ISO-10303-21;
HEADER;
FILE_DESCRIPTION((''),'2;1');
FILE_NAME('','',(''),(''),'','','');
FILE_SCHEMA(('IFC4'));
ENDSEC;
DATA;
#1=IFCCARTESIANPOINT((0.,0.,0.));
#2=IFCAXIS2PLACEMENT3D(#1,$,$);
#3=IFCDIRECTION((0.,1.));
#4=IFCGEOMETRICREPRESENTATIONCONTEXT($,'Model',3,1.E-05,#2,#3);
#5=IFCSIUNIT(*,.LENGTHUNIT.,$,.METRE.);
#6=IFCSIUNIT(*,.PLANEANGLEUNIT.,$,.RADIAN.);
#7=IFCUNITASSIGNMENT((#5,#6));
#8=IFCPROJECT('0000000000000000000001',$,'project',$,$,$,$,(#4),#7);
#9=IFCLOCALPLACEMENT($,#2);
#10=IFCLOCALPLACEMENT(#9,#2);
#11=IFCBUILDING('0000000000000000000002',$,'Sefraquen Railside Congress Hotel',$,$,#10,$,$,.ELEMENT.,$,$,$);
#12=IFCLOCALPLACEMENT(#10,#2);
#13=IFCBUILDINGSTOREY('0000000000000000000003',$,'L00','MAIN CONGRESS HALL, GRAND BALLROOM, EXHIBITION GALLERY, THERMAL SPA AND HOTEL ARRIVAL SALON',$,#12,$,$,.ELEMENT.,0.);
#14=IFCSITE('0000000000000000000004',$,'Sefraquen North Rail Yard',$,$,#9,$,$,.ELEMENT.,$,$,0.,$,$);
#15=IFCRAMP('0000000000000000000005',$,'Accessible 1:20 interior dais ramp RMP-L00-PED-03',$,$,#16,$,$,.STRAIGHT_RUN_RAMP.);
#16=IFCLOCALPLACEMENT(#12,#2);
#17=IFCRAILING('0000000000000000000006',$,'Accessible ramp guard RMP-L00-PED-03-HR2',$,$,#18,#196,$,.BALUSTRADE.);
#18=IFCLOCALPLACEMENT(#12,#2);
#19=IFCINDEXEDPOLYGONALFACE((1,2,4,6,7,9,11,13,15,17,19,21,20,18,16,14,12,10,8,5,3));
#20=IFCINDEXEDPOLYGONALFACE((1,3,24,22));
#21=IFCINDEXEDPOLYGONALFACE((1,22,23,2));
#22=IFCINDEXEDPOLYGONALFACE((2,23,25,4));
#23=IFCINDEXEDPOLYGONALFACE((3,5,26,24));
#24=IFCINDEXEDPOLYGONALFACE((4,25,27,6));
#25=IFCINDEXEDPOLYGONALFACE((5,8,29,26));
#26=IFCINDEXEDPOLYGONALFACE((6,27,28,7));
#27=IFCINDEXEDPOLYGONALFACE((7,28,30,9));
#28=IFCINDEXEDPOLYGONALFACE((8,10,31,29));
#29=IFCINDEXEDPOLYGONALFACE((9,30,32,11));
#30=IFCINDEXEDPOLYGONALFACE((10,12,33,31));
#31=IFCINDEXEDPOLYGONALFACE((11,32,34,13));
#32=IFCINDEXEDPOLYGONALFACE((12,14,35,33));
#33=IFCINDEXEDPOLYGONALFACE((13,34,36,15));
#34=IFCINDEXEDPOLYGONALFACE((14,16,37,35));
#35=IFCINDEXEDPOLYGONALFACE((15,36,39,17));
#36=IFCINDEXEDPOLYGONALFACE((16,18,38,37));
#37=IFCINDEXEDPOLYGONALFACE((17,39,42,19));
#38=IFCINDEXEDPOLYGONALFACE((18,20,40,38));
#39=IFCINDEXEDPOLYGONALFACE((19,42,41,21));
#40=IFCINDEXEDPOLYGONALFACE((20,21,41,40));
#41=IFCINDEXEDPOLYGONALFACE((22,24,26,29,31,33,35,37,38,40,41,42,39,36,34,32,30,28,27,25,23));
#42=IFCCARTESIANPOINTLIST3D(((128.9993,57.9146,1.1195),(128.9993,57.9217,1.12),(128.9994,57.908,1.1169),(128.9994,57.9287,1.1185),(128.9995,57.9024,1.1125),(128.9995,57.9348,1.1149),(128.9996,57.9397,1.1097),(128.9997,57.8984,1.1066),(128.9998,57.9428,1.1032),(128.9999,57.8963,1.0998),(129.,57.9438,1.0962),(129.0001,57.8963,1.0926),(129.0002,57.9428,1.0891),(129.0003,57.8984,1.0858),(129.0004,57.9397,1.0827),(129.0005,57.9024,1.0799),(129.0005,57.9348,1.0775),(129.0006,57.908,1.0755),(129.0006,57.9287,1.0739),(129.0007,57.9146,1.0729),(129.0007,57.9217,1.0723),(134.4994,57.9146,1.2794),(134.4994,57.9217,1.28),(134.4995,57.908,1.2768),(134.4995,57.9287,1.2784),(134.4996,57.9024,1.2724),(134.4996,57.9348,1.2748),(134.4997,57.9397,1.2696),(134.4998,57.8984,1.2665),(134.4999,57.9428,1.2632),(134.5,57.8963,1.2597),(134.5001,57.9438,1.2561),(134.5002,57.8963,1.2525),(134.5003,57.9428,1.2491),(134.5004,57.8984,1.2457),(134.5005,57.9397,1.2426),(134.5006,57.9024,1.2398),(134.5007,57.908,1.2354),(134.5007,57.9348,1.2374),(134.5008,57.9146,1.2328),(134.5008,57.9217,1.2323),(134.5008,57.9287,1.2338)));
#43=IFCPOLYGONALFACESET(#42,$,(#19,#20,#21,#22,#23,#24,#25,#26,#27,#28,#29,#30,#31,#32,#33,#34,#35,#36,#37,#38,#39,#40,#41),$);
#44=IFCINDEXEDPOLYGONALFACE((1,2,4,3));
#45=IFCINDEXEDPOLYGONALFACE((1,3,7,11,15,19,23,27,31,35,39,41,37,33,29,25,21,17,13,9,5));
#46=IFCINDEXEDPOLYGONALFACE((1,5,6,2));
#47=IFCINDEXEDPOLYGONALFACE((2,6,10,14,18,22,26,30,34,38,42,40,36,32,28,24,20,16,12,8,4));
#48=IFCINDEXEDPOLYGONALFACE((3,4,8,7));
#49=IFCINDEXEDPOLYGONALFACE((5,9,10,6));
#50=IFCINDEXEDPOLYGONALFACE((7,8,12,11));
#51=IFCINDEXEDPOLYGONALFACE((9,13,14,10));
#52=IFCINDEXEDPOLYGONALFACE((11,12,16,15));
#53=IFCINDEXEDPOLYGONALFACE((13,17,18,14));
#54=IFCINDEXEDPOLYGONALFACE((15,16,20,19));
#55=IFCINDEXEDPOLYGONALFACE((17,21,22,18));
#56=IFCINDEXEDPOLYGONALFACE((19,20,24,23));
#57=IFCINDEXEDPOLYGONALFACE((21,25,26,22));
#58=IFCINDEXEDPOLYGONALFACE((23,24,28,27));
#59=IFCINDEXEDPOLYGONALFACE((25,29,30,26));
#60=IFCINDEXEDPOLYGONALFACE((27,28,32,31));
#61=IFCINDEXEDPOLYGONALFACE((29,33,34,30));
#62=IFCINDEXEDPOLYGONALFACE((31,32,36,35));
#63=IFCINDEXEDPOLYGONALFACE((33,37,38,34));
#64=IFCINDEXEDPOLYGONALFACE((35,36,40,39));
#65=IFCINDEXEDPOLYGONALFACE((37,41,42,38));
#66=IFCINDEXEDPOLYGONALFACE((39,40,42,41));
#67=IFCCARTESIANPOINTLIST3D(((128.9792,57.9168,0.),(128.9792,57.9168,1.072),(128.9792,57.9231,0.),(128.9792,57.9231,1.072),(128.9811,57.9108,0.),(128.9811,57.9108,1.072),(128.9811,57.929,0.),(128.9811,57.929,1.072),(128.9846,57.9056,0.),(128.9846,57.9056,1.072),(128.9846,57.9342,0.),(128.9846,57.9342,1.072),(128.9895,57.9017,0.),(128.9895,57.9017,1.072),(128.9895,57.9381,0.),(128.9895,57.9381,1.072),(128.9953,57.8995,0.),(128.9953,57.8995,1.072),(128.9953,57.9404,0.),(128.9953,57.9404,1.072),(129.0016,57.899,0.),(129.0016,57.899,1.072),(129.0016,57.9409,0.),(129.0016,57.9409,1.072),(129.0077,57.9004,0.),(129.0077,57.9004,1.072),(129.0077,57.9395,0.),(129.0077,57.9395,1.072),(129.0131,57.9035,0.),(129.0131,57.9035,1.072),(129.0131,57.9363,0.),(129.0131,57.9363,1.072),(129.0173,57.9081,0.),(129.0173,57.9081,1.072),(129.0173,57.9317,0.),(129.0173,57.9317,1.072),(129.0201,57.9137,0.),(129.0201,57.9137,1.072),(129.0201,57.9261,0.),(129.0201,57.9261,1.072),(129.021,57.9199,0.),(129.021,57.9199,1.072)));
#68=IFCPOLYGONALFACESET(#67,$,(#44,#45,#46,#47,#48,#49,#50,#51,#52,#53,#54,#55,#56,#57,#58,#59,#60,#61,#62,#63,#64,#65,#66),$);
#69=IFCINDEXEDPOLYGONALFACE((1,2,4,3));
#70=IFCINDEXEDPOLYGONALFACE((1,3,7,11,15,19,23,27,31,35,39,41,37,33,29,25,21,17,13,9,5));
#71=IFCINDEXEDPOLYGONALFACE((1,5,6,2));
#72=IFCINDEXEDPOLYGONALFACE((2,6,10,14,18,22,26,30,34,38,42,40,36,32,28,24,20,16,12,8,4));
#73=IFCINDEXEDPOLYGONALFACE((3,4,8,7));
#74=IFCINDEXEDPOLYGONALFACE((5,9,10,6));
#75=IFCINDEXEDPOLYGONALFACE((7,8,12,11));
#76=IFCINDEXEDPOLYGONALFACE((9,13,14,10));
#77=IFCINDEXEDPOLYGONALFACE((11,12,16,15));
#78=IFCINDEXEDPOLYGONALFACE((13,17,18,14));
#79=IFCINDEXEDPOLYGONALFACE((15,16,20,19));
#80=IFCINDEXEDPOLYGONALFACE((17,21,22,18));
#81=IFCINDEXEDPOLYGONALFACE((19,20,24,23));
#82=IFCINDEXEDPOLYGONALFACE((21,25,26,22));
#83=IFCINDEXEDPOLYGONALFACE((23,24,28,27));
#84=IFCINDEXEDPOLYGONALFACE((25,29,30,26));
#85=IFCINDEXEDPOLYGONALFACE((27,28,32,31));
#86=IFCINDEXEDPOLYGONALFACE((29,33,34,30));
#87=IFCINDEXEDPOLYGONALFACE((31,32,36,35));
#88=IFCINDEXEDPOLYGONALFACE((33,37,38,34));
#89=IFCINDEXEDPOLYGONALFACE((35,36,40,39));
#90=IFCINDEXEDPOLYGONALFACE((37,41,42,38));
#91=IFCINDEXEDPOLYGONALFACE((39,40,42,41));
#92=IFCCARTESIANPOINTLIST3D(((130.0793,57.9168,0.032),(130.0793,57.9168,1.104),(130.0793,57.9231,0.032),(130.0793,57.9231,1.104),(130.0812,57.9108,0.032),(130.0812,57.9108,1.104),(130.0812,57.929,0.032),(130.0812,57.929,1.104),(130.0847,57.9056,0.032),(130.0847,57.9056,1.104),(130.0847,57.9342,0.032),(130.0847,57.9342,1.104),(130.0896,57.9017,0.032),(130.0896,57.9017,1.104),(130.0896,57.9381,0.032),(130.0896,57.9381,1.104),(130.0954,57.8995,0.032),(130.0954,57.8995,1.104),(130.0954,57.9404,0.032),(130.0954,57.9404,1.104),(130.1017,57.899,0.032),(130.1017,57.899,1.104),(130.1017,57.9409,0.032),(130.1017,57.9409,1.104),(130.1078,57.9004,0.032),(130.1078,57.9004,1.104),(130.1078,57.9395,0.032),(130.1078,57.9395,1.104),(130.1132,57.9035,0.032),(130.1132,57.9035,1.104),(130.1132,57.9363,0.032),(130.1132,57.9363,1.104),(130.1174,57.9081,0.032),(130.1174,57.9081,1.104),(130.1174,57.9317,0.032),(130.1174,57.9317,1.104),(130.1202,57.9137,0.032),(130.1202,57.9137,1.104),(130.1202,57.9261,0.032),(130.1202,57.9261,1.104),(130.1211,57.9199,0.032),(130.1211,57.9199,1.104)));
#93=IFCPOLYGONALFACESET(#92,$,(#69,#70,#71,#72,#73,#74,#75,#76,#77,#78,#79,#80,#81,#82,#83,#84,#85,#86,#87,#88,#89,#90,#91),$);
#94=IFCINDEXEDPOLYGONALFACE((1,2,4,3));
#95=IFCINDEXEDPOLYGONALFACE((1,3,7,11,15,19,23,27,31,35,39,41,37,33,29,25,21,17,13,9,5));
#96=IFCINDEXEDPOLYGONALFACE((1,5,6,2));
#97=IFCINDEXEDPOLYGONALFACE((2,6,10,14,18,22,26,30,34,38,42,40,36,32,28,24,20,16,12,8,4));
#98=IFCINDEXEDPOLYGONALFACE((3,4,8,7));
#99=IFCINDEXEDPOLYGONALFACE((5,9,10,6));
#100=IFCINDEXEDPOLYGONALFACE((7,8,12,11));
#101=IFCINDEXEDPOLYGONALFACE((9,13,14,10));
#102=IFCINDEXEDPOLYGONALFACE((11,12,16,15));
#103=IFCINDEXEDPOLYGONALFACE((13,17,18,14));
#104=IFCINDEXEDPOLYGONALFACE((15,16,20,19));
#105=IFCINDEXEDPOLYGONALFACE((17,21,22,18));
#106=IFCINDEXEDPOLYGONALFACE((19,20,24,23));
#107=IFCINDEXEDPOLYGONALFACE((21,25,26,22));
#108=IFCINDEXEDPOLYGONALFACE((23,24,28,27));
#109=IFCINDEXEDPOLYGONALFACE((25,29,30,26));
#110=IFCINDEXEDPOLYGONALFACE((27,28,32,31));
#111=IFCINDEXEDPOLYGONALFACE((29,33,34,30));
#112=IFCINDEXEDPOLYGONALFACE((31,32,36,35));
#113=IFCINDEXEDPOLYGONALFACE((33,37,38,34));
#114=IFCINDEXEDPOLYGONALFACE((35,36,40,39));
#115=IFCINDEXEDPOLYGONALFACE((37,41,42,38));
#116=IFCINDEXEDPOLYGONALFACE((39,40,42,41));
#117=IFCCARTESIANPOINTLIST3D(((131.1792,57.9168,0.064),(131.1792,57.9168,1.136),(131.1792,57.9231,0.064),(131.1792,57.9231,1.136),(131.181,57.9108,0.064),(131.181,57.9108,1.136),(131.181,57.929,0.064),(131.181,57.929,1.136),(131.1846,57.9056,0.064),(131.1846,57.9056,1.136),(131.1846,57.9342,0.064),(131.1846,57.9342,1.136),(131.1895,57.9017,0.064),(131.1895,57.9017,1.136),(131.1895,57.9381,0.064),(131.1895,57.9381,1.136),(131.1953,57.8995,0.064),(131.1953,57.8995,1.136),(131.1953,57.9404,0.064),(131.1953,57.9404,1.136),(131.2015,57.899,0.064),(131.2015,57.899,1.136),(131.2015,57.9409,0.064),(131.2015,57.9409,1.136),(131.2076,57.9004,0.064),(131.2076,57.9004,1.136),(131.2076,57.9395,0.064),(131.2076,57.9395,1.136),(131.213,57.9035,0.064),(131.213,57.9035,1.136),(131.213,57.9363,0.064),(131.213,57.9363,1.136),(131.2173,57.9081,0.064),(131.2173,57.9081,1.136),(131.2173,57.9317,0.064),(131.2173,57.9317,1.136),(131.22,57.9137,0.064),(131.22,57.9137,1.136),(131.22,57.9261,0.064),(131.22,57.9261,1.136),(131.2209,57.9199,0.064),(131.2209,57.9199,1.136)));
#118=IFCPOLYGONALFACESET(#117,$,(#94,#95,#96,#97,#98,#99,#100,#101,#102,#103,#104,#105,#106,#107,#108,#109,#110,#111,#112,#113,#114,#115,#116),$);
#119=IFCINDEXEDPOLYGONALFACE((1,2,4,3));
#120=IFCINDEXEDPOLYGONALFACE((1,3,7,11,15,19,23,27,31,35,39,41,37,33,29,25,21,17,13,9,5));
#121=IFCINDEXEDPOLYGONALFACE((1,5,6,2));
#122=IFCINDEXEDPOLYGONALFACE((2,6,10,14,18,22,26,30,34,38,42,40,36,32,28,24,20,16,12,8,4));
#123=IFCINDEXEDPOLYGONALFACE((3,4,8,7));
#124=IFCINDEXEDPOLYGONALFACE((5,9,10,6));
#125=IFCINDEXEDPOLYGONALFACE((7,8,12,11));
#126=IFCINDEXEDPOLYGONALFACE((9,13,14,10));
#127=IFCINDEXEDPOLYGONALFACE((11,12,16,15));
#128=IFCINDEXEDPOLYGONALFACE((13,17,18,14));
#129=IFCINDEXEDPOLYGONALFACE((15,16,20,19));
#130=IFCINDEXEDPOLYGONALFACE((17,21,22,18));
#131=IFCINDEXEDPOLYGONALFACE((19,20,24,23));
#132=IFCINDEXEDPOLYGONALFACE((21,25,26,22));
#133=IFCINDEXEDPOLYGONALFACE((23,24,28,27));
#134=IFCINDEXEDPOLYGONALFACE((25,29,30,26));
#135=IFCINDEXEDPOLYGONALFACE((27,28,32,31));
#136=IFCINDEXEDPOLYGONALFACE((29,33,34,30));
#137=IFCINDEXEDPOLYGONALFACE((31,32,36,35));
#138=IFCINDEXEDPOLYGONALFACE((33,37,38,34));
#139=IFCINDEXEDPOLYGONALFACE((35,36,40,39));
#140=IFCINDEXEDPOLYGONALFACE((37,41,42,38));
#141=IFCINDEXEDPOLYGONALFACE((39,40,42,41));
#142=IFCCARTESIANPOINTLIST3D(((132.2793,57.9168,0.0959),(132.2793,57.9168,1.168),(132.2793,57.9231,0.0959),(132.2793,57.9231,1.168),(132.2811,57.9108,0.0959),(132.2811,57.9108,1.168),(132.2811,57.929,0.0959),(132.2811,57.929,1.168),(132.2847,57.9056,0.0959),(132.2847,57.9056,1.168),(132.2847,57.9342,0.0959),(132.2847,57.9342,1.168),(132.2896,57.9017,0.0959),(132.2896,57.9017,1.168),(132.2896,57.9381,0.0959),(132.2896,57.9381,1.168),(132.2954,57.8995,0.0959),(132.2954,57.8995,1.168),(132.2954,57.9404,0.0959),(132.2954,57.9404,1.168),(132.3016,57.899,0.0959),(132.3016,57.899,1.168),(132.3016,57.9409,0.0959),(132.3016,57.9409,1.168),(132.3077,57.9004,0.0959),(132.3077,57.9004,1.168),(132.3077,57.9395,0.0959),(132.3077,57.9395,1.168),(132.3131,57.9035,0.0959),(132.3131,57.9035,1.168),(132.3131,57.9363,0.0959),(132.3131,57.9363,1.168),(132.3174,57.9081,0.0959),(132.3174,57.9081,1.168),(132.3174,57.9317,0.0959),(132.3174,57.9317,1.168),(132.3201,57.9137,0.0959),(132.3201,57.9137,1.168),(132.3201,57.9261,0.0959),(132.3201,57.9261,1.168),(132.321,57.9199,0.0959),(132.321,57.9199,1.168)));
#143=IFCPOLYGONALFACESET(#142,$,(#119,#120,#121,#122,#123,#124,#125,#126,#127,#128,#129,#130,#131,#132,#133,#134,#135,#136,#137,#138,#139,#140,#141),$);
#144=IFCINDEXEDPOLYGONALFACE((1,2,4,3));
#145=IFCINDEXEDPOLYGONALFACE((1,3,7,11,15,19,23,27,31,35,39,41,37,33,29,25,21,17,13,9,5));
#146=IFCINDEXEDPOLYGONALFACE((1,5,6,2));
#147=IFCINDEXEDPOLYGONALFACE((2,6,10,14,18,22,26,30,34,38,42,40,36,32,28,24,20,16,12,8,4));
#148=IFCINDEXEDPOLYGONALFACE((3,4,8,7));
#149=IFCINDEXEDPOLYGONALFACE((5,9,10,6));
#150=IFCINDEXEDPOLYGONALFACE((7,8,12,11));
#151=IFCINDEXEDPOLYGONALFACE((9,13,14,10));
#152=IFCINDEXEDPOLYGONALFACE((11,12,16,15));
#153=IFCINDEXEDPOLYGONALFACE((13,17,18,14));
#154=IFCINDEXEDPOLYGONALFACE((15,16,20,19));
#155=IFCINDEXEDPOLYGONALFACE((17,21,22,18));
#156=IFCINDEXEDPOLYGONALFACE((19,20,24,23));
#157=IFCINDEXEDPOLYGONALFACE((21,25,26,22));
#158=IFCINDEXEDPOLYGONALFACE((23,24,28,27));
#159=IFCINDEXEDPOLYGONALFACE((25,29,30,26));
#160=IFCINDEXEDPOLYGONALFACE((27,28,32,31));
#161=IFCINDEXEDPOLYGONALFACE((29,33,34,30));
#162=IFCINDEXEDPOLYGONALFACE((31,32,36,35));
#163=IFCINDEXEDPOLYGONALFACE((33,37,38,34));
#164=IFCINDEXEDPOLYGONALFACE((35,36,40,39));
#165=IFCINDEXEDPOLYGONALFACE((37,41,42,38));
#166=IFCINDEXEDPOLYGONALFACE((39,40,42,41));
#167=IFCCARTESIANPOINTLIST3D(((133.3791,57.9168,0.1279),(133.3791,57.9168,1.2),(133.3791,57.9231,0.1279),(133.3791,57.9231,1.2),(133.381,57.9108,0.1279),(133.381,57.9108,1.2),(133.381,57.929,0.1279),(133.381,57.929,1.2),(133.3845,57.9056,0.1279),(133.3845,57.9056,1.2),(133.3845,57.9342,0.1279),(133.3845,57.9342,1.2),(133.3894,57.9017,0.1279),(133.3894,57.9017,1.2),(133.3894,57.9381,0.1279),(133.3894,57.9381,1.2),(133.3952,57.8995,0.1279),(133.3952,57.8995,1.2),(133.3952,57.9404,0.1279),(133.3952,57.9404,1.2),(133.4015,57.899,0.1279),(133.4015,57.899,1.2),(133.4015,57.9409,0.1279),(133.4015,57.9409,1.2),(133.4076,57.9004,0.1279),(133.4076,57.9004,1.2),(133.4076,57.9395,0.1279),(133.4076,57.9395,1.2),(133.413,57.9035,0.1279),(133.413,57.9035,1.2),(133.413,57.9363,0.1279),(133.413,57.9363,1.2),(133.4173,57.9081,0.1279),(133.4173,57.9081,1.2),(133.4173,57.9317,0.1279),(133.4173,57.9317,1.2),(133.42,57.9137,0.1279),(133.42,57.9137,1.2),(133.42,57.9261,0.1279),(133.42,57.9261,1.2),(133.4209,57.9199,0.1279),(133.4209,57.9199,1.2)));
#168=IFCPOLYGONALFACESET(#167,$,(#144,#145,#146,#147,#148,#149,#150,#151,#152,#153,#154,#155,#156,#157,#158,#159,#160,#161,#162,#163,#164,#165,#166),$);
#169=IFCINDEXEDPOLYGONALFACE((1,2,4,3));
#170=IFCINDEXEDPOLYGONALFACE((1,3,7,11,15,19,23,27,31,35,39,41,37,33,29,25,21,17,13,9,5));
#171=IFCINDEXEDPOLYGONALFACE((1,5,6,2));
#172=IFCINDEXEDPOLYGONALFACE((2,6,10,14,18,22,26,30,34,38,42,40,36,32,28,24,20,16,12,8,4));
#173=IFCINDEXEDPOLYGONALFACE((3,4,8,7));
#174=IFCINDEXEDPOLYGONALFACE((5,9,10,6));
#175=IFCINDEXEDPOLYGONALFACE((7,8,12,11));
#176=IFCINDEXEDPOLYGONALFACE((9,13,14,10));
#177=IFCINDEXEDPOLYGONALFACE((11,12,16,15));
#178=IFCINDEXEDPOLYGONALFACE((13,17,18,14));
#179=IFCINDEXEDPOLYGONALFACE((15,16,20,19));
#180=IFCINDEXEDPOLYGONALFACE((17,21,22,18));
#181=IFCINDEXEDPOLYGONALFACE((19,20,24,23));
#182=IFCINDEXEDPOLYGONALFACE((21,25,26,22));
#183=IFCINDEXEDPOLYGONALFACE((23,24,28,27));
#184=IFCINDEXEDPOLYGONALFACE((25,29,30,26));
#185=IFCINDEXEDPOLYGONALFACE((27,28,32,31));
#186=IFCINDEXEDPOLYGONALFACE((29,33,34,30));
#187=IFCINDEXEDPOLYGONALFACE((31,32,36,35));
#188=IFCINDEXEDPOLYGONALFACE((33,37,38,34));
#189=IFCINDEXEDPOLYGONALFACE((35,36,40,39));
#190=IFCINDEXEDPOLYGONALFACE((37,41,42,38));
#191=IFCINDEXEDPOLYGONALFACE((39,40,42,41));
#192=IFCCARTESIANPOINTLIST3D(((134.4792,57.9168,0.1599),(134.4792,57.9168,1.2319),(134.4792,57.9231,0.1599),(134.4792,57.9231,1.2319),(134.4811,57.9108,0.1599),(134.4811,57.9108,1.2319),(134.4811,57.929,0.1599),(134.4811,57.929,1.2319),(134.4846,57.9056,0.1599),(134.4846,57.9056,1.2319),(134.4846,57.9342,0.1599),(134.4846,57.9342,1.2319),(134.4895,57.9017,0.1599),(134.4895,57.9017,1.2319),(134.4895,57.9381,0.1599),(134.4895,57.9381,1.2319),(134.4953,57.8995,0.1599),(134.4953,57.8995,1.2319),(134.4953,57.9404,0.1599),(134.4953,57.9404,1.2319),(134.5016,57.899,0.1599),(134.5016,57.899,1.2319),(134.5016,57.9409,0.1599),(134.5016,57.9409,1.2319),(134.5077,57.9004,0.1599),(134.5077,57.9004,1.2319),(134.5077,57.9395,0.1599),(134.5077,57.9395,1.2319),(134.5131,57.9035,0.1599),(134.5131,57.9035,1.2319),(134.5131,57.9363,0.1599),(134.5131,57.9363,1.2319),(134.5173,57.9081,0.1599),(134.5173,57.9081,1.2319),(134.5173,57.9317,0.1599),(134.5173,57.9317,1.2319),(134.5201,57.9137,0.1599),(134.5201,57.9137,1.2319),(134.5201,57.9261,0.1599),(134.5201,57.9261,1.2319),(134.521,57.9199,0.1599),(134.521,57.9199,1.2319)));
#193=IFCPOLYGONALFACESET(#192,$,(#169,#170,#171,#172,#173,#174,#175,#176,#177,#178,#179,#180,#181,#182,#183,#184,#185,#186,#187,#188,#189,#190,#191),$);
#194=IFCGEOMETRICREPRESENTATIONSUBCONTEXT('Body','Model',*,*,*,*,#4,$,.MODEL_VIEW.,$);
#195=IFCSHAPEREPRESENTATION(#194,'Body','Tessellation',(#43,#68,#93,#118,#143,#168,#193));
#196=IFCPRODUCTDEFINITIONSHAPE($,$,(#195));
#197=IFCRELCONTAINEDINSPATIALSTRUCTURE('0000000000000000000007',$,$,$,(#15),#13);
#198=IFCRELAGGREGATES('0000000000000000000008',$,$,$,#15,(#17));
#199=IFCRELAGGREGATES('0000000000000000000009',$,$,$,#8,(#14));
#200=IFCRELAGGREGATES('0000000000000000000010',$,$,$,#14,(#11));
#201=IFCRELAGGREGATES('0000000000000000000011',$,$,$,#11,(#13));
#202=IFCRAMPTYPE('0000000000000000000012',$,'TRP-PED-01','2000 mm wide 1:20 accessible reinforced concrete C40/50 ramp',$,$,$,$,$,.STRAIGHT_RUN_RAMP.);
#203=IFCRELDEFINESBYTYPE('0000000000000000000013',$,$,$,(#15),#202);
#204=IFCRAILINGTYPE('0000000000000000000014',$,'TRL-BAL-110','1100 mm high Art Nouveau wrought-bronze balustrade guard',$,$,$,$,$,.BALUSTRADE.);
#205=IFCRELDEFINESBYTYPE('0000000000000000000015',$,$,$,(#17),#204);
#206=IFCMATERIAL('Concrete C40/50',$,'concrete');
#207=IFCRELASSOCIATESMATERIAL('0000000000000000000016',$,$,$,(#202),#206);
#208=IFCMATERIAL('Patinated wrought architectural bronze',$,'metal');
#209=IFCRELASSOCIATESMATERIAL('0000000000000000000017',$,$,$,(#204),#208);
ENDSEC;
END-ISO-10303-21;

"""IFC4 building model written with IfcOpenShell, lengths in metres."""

from ifc_helpers import new_model, si_unit, direction, frame, origin, origin_2d, place, context, subcontext, project, spatial, circle, extrude, material, type_object, element, aggregate, save


model = new_model("IFC4")

# Units and contexts
model_context = context("Model", 3, precision=1e-05, world=origin(), true_north=direction((0.0, 1.0)))
body_context = subcontext(model_context, "Body", "Model", "MODEL_VIEW")
ifc_project = project(units=[si_unit("LENGTHUNIT", "METRE"), si_unit("PLANEANGLEUNIT", "RADIAN")], contexts=[model_context])

# Site, building, storey
site_placement = place(None, origin())
site = spatial("IfcSite", under=ifc_project, at=site_placement, Name="Sefraquen North Rail Yard", CompositionType="ELEMENT", RefElevation=0.0)
building_placement = place(site_placement, origin())
building = spatial("IfcBuilding", under=site, at=building_placement, Name="Sefraquen Railside Congress Hotel", CompositionType="ELEMENT")
storey_placement = place(building_placement, origin())
storey = spatial("IfcBuildingStorey", under=building, at=storey_placement, Name="L00", Description="MAIN CONGRESS HALL, GRAND BALLROOM, EXHIBITION GALLERY, THERMAL SPA AND HOTEL ARRIVAL SALON", CompositionType="ELEMENT", Elevation=0.0)

# Ramp, railing
ifc_material_1 = material(Name="Concrete C40/50", Category="concrete")
ramp_type = type_object("IfcRampType", Name="TRP-PED-01", Description="2000 mm wide 1:20 accessible reinforced concrete C40/50 ramp", PredefinedType="STRAIGHT_RUN_RAMP", material=ifc_material_1)
ramp_placement = place(storey_placement, origin())
ramp = element("IfcRamp", 1, at=ramp_placement, inside=storey, type_object=ramp_type, Name="Accessible 1:20 interior dais ramp RMP-L00-PED-03", PredefinedType="STRAIGHT_RUN_RAMP")
ifc_material_2 = material(Name="Patinated wrought architectural bronze", Category="metal")
railing_type = type_object("IfcRailingType", Name="TRL-BAL-110", Description="1100 mm high Art Nouveau wrought-bronze balustrade guard", PredefinedType="BALUSTRADE", material=ifc_material_2)
railing_1_placement = place(storey_placement, frame((129.0, 57.9199, 0.0)))
railing_1 = element("IfcRailing", 2, at=railing_1_placement, type_object=railing_type, Name="Accessible ramp guard RMP-L00-PED-03-HR2", PredefinedType="BALUSTRADE", context=body_context, shape_type="SweptSolid", body=[
    extrude(circle(Radius=0.0239, at=origin_2d()), frame((0.0, 0.0, 1.0962), z_axis=(0.999578, 0.0, 0.029063), x_axis=(0.0, 1.0, 0.0)), (0.0, 0.0, 1.0), 5.5024),
    extrude(circle(Radius=0.021, at=origin_2d()), origin(), (0.0, 0.0, 1.0), 1.072),
    extrude(circle(Radius=0.021, at=origin_2d()), frame((1.1001, 0.0, 0.032)), (0.0, 0.0, 1.0), 1.072),
    extrude(circle(Radius=0.021, at=origin_2d()), frame((2.2, 0.0, 0.064)), (0.0, 0.0, 1.0), 1.072),
    extrude(circle(Radius=0.021, at=origin_2d()), frame((3.3, 0.0, 0.0959)), (0.0, 0.0, 1.0), 1.072),
    extrude(circle(Radius=0.021, at=origin_2d()), frame((4.3999, 0.0, 0.1279)), (0.0, 0.0, 1.0), 1.072),
    extrude(circle(Radius=0.021, at=origin_2d()), frame((5.5, 0.0, 0.1599)), (0.0, 0.0, 1.0), 1.072),
])
aggregate(ramp, [railing_1])

save(model, "model.ifc")
